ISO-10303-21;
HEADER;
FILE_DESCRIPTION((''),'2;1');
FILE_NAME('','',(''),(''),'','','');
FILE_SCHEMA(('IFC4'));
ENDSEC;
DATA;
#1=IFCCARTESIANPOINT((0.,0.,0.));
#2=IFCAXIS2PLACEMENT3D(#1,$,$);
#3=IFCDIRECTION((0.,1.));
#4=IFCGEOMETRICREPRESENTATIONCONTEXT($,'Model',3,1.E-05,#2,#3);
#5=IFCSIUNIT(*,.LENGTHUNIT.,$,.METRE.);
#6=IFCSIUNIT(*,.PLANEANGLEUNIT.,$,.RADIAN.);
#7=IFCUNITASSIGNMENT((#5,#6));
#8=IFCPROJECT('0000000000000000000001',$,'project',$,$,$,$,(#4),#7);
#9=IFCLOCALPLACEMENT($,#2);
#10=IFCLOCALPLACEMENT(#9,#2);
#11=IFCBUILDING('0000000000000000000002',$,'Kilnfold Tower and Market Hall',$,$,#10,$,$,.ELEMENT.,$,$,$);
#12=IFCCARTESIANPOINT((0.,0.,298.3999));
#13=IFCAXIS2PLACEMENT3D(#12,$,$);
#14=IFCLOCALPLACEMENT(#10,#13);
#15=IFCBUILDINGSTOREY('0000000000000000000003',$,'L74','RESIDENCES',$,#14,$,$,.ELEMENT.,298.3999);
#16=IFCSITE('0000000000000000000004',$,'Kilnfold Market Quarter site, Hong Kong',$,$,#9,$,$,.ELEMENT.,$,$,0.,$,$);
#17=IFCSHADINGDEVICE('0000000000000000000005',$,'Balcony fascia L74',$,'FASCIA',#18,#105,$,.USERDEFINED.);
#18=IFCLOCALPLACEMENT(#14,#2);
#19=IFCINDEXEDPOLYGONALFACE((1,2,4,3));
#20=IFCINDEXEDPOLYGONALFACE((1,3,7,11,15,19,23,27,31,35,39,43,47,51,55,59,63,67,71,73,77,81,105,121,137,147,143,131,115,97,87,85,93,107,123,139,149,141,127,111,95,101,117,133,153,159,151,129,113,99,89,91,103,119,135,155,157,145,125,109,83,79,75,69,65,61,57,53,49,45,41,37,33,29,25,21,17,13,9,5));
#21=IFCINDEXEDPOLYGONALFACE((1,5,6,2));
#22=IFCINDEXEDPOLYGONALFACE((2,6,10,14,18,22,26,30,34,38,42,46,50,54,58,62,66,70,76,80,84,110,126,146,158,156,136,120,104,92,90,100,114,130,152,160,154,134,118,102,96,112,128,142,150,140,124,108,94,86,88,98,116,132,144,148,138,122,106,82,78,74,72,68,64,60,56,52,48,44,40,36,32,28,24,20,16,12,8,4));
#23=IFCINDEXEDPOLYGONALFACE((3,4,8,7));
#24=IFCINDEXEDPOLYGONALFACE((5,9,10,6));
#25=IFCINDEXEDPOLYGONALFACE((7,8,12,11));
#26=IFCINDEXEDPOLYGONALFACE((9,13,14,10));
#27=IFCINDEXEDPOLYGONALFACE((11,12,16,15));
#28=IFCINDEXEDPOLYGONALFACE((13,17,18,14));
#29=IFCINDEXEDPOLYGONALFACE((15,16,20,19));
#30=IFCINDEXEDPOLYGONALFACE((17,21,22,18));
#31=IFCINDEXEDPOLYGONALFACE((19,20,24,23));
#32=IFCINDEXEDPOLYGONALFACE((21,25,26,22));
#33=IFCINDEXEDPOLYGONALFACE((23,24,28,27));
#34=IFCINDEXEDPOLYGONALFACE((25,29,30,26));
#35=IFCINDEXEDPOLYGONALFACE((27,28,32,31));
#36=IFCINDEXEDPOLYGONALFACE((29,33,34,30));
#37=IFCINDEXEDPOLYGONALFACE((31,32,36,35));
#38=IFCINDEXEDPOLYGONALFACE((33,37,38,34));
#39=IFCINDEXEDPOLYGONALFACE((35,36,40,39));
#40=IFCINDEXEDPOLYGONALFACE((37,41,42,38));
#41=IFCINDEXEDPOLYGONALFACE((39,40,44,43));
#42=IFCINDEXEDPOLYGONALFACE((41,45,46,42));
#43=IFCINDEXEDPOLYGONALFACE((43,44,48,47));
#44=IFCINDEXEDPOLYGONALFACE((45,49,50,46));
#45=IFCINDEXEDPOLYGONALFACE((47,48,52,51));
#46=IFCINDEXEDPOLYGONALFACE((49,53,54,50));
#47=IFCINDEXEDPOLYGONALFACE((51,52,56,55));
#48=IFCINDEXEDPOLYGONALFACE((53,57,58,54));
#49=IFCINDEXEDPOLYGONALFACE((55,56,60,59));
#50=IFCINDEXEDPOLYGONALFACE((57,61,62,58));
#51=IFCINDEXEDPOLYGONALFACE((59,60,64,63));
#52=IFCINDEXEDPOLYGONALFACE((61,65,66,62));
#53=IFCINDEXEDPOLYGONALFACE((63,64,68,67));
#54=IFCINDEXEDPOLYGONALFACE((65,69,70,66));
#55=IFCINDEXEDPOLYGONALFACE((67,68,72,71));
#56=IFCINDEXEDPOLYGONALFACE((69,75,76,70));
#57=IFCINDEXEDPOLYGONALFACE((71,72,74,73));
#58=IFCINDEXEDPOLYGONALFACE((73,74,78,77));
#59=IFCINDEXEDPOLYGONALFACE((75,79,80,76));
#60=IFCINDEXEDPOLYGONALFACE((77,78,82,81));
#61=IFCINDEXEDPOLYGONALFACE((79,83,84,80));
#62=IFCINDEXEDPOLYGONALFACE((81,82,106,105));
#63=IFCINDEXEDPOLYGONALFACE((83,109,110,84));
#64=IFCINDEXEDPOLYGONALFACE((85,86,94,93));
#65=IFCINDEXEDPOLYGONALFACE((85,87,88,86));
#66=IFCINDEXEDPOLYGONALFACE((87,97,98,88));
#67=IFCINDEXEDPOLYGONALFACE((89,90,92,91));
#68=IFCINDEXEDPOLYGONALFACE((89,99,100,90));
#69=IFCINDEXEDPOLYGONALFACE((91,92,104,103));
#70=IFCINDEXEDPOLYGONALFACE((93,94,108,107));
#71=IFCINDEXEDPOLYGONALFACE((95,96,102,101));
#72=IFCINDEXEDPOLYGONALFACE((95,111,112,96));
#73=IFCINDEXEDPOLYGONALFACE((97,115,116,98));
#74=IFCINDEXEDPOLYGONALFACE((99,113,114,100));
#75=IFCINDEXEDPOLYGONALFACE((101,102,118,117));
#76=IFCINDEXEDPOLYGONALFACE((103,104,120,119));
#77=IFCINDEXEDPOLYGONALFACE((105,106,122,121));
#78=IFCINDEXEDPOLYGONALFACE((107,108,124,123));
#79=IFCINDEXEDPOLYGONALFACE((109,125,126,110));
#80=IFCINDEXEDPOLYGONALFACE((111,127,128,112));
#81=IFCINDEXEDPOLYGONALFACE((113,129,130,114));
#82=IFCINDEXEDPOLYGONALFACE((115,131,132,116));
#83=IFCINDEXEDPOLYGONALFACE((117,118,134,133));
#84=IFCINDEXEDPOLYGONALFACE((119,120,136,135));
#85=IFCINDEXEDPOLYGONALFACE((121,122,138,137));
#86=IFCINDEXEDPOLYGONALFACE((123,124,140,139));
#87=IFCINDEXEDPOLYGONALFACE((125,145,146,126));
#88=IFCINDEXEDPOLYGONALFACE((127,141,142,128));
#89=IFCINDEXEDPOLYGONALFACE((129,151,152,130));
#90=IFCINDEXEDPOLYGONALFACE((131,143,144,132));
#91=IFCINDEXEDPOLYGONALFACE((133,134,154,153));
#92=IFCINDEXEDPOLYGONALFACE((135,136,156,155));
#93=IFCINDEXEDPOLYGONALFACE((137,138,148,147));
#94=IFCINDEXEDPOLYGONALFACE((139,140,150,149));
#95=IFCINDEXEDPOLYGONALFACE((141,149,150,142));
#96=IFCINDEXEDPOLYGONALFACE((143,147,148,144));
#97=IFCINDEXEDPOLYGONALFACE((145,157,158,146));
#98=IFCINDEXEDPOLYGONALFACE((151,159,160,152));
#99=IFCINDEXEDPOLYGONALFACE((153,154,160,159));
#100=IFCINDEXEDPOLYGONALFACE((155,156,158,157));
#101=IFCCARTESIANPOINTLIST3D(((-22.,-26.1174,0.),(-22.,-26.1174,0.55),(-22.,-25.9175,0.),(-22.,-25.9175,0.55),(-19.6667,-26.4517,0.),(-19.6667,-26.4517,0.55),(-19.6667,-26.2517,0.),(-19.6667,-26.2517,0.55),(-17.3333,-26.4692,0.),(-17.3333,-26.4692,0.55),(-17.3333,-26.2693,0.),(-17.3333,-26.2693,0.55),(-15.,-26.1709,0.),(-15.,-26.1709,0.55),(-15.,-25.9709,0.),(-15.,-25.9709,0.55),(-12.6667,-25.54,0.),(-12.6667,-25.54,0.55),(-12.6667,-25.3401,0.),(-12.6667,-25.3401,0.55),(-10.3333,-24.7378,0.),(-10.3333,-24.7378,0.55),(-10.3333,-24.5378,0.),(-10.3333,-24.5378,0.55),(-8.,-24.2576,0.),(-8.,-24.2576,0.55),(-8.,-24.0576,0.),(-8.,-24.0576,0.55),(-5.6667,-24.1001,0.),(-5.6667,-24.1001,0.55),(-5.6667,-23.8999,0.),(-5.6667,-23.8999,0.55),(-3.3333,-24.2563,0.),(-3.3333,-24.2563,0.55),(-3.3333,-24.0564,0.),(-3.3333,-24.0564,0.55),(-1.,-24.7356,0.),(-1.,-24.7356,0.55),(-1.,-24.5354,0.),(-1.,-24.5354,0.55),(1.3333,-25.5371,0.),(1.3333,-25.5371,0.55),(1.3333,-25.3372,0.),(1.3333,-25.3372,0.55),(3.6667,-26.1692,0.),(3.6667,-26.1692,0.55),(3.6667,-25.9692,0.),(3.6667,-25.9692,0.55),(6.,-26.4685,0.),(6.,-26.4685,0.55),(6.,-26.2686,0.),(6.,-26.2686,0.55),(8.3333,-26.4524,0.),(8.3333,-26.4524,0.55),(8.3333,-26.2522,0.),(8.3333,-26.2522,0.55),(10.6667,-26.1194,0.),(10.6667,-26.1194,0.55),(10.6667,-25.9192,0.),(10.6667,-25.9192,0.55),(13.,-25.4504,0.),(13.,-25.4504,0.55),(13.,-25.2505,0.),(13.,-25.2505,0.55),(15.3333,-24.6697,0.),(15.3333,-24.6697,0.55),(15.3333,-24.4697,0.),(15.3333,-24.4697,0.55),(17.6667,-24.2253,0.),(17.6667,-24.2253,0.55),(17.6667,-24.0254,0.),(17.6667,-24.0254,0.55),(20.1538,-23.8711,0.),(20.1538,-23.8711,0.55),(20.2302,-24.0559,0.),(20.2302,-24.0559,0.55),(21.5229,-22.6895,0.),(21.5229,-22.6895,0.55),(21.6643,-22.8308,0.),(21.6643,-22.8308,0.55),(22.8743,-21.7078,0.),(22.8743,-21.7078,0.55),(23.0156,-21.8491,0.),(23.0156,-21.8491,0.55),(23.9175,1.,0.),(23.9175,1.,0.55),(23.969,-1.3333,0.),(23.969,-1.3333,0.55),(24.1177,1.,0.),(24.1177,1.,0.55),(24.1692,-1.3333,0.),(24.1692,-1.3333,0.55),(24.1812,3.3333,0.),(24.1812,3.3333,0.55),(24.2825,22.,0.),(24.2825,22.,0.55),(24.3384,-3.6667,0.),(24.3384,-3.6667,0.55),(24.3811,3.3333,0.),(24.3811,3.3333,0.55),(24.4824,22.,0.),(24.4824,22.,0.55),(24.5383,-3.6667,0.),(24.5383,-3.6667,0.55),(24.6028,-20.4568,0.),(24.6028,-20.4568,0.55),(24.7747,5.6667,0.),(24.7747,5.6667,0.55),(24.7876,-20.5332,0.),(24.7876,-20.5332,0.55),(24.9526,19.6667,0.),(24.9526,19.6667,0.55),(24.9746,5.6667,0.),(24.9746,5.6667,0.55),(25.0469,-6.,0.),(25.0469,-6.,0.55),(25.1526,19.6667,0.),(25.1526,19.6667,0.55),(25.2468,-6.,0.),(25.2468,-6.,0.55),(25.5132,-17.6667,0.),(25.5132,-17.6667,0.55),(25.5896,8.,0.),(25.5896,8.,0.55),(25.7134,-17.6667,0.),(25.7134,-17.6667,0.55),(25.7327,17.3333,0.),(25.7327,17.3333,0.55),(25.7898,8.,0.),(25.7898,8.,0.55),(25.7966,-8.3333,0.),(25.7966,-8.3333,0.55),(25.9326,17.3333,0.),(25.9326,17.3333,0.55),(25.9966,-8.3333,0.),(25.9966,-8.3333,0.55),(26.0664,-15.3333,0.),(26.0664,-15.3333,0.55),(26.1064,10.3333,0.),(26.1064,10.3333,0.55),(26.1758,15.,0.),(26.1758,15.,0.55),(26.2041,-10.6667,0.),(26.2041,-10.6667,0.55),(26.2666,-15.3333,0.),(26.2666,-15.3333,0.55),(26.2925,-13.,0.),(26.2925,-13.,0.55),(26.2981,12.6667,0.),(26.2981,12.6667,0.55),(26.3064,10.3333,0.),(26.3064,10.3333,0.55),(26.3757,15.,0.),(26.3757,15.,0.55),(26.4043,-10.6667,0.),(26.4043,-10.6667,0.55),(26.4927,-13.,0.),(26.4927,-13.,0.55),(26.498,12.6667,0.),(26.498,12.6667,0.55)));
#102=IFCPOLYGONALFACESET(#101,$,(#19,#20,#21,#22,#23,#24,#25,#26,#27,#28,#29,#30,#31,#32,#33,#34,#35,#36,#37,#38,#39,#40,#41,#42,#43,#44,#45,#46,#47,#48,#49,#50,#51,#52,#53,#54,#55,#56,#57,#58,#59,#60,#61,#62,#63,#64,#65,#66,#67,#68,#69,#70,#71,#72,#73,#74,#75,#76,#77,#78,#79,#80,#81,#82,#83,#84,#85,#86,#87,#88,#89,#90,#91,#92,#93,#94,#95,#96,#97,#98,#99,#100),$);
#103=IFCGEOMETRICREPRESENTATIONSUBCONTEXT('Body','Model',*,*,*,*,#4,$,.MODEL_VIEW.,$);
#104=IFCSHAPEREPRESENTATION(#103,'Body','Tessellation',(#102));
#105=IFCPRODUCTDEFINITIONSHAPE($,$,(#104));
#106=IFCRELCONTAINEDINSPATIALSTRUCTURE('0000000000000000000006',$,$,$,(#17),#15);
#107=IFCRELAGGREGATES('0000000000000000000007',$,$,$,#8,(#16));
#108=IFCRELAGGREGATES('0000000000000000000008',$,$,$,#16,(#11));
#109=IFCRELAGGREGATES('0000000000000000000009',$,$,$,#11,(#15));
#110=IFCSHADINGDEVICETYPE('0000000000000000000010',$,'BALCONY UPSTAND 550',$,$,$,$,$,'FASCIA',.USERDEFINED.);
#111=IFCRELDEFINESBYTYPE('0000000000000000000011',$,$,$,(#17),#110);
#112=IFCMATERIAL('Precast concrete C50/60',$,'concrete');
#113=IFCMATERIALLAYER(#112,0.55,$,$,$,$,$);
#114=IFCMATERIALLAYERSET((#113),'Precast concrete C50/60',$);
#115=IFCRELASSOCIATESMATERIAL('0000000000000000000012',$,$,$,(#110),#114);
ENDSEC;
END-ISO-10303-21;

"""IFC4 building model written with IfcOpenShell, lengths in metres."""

from ifc_helpers import new_model, si_unit, direction, frame, origin, place, context, subcontext, project, spatial, polyline, outline, extrude, source, transform, mapped, material, layer, layer_set, type_object, element, save


model = new_model("IFC4")

# Units and contexts
model_context = context("Model", 3, precision=1e-05, world=origin(), true_north=direction((0.0, 1.0)))
body_context = subcontext(model_context, "Body", "Model", "MODEL_VIEW")
ifc_project = project(units=[si_unit("LENGTHUNIT", "METRE"), si_unit("PLANEANGLEUNIT", "RADIAN")], contexts=[model_context])

# Site, building, storey
site_placement = place(None, origin())
site = spatial("IfcSite", under=ifc_project, at=site_placement, Name="Kilnfold Market Quarter site, Hong Kong", CompositionType="ELEMENT", RefElevation=0.0)
building_placement = place(site_placement, origin())
building = spatial("IfcBuilding", under=site, at=building_placement, Name="Kilnfold Tower and Market Hall", CompositionType="ELEMENT")
storey_placement = place(building_placement, frame((0.0, 0.0, 298.3999)))
storey = spatial("IfcBuildingStorey", under=building, at=storey_placement, Name="L74", Description="RESIDENCES", CompositionType="ELEMENT", Elevation=298.3999)

# Shading device
ifc_material_1 = material(Name="Precast concrete C50/60", Category="concrete")
ifc_layer_1 = layer(ifc_material_1, 0.55)
ifc_layer_set_1 = layer_set([ifc_layer_1], Name="Precast concrete C50/60")
shading_device_type = type_object("IfcShadingDeviceType", Name="BALCONY UPSTAND 550", ElementType="FASCIA", PredefinedType="USERDEFINED", material=ifc_layer_set_1)
shared_shape_1 = source(origin(), body_context, "Body", "SweptSolid", [
    extrude(outline(polyline([(-22.0, -26.1174), (-19.6667, -26.4517), (-17.3333, -26.4692), (-15.0, -26.1709), (-12.6667, -25.54), (-10.3333, -24.7378), (-8.0, -24.2576), (-5.6667, -24.1001), (-3.3333, -24.2563), (-1.0, -24.7356), (1.3333, -25.5371), (3.6667, -26.1692), (6.0, -26.4685), (8.3333, -26.4524), (10.6667, -26.1194), (13.0, -25.4504), (15.3333, -24.6697), (17.6667, -24.2253), (20.2302, -24.0559), (21.6643, -22.8308), (23.0156, -21.8491), (24.7876, -20.5332), (25.7134, -17.6667), (26.2666, -15.3333), (26.4927, -13.0), (26.4043, -10.6667), (25.9966, -8.3333), (25.2468, -6.0), (24.5383, -3.6667), (24.1692, -1.3333), (24.1177, 1.0), (24.3811, 3.3333), (24.9746, 5.6667), (25.7898, 8.0), (26.3064, 10.3333), (26.498, 12.6667), (26.3757, 15.0), (25.9326, 17.3333), (25.1526, 19.6667), (24.4824, 22.0), (24.2825, 22.0), (24.9526, 19.6667), (25.7327, 17.3333), (26.1758, 15.0), (26.2981, 12.6667), (26.1064, 10.3333), (25.5896, 8.0), (24.7747, 5.6667), (24.1812, 3.3333), (23.9175, 1.0), (23.969, -1.3333), (24.3384, -3.6667), (25.0469, -6.0), (25.7966, -8.3333), (26.2041, -10.6667), (26.2925, -13.0), (26.0664, -15.3333), (25.5132, -17.6667), (24.6028, -20.4568), (22.8743, -21.7078), (21.5229, -22.6895), (20.1538, -23.8711), (17.6667, -24.0254), (15.3333, -24.4697), (13.0, -25.2505), (10.6667, -25.9192), (8.3333, -26.2522), (6.0, -26.2686), (3.6667, -25.9692), (1.3333, -25.3372), (-1.0, -24.5354), (-3.3333, -24.0564), (-5.6667, -23.8999), (-8.0, -24.0576), (-10.3333, -24.5378), (-12.6667, -25.3401), (-15.0, -25.9709), (-17.3333, -26.2693), (-19.6667, -26.2517), (-22.0, -25.9175), (-22.0, -26.1174)])), origin(), (0.0, 0.0, 1.0), 0.55),
])
shading_device_placement = place(storey_placement, origin())
element("IfcShadingDevice", 1, at=shading_device_placement, inside=storey, type_object=shading_device_type, Name="Balcony fascia L74", ObjectType="FASCIA", PredefinedType="USERDEFINED", context=body_context, shape_type="MappedRepresentation", body=[
    mapped(shared_shape_1, transform((0.0, 0.0, 0.0))),
])

save(model, "model.ifc")
